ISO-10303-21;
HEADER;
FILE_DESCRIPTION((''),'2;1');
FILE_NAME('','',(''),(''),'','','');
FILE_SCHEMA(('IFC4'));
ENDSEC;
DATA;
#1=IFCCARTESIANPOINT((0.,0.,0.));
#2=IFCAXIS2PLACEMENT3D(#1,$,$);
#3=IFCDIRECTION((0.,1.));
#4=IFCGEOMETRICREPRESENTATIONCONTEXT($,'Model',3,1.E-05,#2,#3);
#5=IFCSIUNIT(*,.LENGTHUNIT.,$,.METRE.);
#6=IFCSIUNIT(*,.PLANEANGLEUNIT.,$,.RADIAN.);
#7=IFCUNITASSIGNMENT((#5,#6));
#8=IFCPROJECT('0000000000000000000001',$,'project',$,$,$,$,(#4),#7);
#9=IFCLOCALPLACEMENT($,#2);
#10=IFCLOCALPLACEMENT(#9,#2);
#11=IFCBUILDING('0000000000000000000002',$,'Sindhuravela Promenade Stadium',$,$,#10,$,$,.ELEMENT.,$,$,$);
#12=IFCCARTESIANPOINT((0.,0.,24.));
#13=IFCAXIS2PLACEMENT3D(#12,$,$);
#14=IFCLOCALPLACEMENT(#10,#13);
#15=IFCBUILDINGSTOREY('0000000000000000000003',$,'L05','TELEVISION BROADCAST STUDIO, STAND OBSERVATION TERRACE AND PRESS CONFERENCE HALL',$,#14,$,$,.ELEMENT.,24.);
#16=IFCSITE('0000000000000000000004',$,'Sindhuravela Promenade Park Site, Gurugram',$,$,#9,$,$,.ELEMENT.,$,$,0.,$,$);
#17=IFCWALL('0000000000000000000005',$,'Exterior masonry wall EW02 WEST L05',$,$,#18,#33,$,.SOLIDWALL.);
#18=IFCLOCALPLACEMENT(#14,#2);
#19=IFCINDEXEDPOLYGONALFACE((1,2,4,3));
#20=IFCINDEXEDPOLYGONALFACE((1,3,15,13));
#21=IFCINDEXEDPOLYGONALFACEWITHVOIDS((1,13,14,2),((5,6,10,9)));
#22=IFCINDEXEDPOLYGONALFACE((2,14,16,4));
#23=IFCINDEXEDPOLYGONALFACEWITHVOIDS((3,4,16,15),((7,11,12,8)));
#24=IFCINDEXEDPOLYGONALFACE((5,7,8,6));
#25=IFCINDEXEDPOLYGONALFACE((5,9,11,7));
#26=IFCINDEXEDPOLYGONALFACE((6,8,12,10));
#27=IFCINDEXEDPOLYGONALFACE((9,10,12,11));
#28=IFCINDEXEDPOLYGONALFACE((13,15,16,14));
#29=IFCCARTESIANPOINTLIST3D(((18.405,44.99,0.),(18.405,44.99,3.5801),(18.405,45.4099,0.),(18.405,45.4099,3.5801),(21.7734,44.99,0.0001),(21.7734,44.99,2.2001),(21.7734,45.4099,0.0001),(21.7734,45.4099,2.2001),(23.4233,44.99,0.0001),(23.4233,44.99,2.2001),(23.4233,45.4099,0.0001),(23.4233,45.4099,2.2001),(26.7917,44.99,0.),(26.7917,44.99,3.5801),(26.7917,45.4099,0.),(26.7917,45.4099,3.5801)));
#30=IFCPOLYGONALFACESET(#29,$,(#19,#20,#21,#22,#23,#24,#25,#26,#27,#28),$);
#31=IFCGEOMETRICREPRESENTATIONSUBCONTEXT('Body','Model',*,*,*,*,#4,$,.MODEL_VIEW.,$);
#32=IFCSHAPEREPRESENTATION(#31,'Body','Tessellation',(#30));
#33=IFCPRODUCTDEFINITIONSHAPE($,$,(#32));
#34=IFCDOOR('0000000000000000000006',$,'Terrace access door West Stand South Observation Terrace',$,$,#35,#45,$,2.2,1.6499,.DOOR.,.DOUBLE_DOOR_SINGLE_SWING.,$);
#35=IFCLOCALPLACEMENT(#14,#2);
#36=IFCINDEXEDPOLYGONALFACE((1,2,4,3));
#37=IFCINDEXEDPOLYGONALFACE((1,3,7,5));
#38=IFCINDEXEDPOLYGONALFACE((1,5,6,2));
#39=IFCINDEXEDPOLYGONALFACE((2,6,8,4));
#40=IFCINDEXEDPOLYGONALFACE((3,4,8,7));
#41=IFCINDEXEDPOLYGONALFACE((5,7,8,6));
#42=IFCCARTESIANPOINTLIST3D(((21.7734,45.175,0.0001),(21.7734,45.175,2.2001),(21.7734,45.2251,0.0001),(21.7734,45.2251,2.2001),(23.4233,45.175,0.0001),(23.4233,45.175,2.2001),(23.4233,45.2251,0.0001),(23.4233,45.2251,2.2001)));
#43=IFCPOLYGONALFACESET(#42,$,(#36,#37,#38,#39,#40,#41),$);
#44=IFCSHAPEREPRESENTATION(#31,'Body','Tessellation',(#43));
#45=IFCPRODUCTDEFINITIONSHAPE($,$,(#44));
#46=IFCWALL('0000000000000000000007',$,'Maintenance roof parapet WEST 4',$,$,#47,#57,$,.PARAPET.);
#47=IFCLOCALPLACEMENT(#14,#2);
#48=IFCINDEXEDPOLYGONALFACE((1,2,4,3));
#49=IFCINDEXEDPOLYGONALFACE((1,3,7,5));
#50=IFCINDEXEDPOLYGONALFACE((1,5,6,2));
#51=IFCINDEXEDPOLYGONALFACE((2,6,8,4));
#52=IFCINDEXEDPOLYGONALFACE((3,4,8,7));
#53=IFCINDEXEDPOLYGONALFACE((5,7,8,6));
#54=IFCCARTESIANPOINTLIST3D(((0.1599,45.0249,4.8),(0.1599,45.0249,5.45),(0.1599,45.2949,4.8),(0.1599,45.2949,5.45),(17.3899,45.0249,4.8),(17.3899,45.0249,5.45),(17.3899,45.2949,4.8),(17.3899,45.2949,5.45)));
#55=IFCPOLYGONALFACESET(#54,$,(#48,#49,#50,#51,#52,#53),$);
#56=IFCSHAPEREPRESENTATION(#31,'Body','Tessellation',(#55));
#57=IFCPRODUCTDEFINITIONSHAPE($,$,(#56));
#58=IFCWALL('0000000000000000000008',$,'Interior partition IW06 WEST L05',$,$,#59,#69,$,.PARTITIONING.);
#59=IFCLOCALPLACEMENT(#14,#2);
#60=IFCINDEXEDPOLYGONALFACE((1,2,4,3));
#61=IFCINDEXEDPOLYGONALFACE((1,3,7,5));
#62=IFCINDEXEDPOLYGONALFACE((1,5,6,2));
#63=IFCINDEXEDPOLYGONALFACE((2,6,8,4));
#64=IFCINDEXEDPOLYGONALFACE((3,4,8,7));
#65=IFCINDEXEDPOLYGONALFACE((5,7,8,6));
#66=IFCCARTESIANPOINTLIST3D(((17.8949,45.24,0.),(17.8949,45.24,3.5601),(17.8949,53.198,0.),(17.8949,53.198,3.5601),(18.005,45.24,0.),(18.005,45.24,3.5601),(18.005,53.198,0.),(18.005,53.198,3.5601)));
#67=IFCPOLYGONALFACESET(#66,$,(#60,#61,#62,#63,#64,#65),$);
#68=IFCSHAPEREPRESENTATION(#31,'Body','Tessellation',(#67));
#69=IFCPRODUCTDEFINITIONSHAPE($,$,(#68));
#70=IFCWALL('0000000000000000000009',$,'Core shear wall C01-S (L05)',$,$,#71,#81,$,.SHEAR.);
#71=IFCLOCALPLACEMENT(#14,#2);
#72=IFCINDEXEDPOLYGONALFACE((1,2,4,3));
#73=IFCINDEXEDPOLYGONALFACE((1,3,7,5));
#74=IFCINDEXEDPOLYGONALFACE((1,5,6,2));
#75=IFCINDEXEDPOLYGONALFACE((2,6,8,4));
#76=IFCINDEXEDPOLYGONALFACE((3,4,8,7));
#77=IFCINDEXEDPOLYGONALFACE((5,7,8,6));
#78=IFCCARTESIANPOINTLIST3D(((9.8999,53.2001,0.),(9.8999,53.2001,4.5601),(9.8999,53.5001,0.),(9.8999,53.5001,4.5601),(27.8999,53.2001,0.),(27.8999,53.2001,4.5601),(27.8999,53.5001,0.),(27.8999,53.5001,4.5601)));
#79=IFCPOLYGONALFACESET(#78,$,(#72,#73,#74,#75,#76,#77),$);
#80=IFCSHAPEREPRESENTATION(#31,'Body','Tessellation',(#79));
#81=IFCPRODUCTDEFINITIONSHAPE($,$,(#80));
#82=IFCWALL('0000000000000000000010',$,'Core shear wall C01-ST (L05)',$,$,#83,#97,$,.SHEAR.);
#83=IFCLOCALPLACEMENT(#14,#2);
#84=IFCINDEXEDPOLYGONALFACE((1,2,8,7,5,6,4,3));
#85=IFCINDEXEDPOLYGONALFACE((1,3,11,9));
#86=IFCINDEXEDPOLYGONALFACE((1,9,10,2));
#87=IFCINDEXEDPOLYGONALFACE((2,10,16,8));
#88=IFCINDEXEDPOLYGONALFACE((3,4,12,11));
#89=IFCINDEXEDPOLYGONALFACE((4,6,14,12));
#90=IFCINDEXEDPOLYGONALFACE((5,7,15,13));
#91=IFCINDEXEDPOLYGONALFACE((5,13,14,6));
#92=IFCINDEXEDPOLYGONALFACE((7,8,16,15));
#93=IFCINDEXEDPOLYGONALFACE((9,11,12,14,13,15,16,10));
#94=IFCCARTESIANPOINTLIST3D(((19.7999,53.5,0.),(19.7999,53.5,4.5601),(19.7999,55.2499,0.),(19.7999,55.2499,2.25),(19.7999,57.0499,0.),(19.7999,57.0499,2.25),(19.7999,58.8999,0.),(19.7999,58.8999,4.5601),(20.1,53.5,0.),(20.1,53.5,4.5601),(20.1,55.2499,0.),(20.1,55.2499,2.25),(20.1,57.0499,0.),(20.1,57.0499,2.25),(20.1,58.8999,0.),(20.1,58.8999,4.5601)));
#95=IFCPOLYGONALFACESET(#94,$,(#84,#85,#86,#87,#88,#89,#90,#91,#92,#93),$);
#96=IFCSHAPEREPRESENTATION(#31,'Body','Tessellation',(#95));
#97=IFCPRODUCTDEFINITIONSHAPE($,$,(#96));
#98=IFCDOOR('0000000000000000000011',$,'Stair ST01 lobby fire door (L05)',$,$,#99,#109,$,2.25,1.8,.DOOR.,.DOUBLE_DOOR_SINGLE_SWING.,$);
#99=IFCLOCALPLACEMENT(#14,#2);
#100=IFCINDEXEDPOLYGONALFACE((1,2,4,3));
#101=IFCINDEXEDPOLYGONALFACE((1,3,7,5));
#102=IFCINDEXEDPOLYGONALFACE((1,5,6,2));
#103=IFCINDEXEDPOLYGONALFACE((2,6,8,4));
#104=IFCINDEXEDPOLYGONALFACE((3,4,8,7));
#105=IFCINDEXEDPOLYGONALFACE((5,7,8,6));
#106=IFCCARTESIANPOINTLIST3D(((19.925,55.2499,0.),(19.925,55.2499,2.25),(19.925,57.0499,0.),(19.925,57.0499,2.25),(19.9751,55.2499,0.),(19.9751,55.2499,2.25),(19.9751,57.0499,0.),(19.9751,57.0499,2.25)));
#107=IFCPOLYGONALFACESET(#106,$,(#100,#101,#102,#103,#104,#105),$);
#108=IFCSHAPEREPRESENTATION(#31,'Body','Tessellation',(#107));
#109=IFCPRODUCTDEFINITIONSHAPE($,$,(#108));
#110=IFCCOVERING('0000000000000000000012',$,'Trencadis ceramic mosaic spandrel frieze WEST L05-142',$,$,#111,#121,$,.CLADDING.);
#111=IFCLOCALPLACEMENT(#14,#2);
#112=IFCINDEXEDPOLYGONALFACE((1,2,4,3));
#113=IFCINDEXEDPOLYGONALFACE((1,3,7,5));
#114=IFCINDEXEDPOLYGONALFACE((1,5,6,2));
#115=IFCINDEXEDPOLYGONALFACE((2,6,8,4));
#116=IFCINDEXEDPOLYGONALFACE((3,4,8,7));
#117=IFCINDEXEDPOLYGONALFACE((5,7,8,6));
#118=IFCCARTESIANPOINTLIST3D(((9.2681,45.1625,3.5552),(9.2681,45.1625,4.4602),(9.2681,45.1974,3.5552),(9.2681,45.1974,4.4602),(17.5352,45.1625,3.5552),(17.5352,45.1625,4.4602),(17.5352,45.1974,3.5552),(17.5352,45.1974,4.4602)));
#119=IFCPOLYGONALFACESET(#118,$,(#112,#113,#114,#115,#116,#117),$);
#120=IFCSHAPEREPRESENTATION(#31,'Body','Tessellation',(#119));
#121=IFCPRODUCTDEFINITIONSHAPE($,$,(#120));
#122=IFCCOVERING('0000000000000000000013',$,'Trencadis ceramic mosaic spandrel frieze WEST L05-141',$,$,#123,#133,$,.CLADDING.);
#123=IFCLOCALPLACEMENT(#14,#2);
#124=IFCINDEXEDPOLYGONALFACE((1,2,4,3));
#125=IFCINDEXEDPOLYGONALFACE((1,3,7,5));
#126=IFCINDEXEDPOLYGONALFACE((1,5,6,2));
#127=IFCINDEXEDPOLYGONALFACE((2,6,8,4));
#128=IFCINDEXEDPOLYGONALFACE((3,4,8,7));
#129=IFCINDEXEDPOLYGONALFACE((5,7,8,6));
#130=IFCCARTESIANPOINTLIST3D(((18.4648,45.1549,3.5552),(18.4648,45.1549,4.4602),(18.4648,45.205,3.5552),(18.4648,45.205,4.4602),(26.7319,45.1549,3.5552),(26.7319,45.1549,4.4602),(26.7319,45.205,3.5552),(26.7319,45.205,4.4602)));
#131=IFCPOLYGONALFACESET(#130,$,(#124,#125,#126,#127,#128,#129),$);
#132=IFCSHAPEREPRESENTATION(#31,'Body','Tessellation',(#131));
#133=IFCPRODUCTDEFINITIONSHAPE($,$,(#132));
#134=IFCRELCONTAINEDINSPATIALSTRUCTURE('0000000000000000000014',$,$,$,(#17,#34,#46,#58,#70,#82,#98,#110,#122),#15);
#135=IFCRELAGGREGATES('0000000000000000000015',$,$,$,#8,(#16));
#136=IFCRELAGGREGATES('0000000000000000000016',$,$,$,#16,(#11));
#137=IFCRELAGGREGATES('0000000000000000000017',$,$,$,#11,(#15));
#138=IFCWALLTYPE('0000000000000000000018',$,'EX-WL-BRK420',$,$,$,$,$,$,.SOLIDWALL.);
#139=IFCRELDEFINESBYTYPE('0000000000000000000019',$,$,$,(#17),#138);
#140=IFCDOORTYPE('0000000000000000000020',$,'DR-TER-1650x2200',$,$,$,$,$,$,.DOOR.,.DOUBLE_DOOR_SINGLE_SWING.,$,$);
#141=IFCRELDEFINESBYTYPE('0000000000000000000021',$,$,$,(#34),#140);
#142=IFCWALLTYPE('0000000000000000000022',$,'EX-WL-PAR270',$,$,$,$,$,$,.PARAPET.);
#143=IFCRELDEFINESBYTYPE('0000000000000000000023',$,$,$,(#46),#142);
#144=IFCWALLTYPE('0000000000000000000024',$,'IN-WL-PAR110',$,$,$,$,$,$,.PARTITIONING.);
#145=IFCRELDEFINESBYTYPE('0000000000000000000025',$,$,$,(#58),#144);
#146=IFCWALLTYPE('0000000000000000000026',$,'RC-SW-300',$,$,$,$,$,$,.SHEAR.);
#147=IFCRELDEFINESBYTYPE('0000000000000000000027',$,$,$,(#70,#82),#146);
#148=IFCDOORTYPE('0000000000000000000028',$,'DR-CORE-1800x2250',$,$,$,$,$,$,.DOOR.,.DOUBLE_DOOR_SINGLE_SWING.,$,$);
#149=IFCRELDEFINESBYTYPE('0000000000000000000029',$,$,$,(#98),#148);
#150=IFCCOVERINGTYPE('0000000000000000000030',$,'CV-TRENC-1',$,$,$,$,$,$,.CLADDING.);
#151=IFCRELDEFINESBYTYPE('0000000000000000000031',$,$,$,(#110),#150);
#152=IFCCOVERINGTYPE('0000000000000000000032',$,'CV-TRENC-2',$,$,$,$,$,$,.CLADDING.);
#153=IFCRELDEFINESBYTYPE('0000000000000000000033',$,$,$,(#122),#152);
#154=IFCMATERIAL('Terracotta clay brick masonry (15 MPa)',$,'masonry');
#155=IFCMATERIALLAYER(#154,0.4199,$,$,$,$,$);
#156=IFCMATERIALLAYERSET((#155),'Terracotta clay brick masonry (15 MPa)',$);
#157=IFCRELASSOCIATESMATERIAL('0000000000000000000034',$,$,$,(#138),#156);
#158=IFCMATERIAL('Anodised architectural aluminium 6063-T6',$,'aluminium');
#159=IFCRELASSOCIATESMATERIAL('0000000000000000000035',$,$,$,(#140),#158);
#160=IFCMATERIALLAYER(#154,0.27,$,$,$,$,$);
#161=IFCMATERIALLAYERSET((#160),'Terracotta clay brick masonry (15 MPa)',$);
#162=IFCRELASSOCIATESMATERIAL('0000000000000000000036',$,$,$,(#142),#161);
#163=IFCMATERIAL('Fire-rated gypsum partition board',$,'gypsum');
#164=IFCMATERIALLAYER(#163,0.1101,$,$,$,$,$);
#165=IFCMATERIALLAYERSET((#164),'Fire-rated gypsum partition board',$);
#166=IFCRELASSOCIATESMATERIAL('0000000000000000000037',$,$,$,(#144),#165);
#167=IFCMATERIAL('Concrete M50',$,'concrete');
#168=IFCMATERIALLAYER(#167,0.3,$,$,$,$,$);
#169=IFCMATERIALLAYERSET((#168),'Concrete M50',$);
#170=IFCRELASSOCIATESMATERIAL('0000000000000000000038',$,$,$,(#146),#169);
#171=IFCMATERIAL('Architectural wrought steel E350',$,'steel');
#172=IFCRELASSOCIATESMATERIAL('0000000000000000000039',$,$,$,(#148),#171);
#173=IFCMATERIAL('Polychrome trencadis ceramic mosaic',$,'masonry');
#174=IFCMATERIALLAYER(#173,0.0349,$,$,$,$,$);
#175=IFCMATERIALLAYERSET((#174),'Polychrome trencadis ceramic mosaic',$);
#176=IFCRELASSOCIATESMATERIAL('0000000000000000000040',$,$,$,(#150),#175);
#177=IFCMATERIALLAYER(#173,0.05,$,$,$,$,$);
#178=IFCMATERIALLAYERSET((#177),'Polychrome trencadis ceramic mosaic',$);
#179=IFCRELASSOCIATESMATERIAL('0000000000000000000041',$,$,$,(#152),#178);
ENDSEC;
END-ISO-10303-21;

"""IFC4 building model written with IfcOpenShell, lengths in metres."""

from ifc_helpers import new_model, si_unit, direction, frame, frame_2d, origin, origin_2d, place, context, subcontext, project, spatial, rectangle, extrude, material, layer, layer_set, type_object, element, fill, save


model = new_model("IFC4")

# Units and contexts
model_context = context("Model", 3, precision=1e-05, world=origin(), true_north=direction((0.0, 1.0)))
body_context = subcontext(model_context, "Body", "Model", "MODEL_VIEW")
ifc_project = project(units=[si_unit("LENGTHUNIT", "METRE"), si_unit("PLANEANGLEUNIT", "RADIAN")], contexts=[model_context])

# Site, building, storey
site_placement = place(None, origin())
site = spatial("IfcSite", under=ifc_project, at=site_placement, Name="Sindhuravela Promenade Park Site, Gurugram", CompositionType="ELEMENT", RefElevation=0.0)
building_placement = place(site_placement, origin())
building = spatial("IfcBuilding", under=site, at=building_placement, Name="Sindhuravela Promenade Stadium", CompositionType="ELEMENT")
storey_placement = place(building_placement, frame((0.0, 0.0, 24.0)))
storey = spatial("IfcBuildingStorey", under=building, at=storey_placement, Name="L05", Description="TELEVISION BROADCAST STUDIO, STAND OBSERVATION TERRACE AND PRESS CONFERENCE HALL", CompositionType="ELEMENT", Elevation=24.0)

# Shared definitions
ifc_material_1 = material(Name="Anodised architectural aluminium 6063-T6", Category="aluminium")

# Shared definitions
ifc_material_2 = material(Name="Terracotta clay brick masonry (15 MPa)", Category="masonry")

# Wall, opening, door
ifc_layer_1 = layer(ifc_material_2, 0.4199)
ifc_layer_set_1 = layer_set([ifc_layer_1], Name="Terracotta clay brick masonry (15 MPa)")
wall_type_1 = type_object("IfcWallType", Name="EX-WL-BRK420", PredefinedType="SOLIDWALL", material=ifc_layer_set_1)
wall_1_placement = place(storey_placement, frame((26.7917, 45.2, 0.0), z_axis=(0.0, 0.0, 1.0), x_axis=(-1.0, 0.0, 0.0)))
wall_1 = element("IfcWall", 1, at=wall_1_placement, inside=storey, type_object=wall_type_1, Name="Exterior masonry wall EW02 WEST L05", PredefinedType="SOLIDWALL", context=body_context, shape_type="SweptSolid", body=[
    extrude(rectangle(XDim=8.3867, YDim=0.4199, at=frame_2d((4.1934, 0.0))), origin(), (0.0, 0.0, 1.0), 3.5801),
])
opening_1_placement = place(wall_1_placement, frame((3.3684, 0.0, 0.0)))
opening_1 = element("IfcOpeningElement", 2, at=opening_1_placement, cuts=wall_1, PredefinedType="OPENING", context=body_context, shape_type="SweptSolid", body=[
    extrude(rectangle(XDim=1.6499, YDim=2.2, at=frame_2d((0.825, 1.1001))), frame((0.0, 0.22, 0.0), z_axis=(0.0, -1.0, 0.0), x_axis=(1.0, 0.0, 0.0)), (0.0, 0.0, 1.0), 0.4399),
])
door_type_1 = type_object("IfcDoorType", Name="DR-TER-1650x2200", OperationType="DOUBLE_DOOR_SINGLE_SWING", PredefinedType="DOOR", material=ifc_material_1)
door_1_placement = place(opening_1_placement, origin())
door_1 = element("IfcDoor", 3, at=door_1_placement, inside=storey, type_object=door_type_1, Name="Terrace access door West Stand South Observation Terrace", OperationType="DOUBLE_DOOR_SINGLE_SWING", OverallHeight=2.2, OverallWidth=1.6499, PredefinedType="DOOR", context=body_context, shape_type="SweptSolid", body=[
    extrude(rectangle(XDim=1.6499, YDim=2.2, at=frame_2d((0.825, 1.1001))), frame((0.0, 0.0249, 0.0), z_axis=(0.0, -1.0, 0.0), x_axis=(1.0, 0.0, 0.0)), (0.0, 0.0, 1.0), 0.05),
])
fill(opening_1, door_1)

# Walls
ifc_layer_2 = layer(ifc_material_2, 0.27)
ifc_layer_set_2 = layer_set([ifc_layer_2], Name="Terracotta clay brick masonry (15 MPa)")
wall_type_2 = type_object("IfcWallType", Name="EX-WL-PAR270", PredefinedType="PARAPET", material=ifc_layer_set_2)
wall_2_placement = place(storey_placement, frame((17.3899, 45.1599, 4.8), z_axis=(0.0, 0.0, 1.0), x_axis=(-1.0, 0.0, 0.0)))
element("IfcWall", 4, at=wall_2_placement, inside=storey, type_object=wall_type_2, Name="Maintenance roof parapet WEST 4", PredefinedType="PARAPET", context=body_context, shape_type="SweptSolid", body=[
    extrude(rectangle(XDim=17.23, YDim=0.27, at=frame_2d((8.615, 0.0))), origin(), (0.0, 0.0, 1.0), 0.6499),
])
ifc_material_3 = material(Name="Fire-rated gypsum partition board", Category="gypsum")
ifc_layer_3 = layer(ifc_material_3, 0.1101)
ifc_layer_set_3 = layer_set([ifc_layer_3], Name="Fire-rated gypsum partition board")
wall_type_3 = type_object("IfcWallType", Name="IN-WL-PAR110", PredefinedType="PARTITIONING", material=ifc_layer_set_3)
wall_3_placement = place(storey_placement, frame((17.95, 53.198, 0.0), z_axis=(0.0, 0.0, 1.0), x_axis=(0.0, -1.0, 0.0)))
element("IfcWall", 5, at=wall_3_placement, inside=storey, type_object=wall_type_3, Name="Interior partition IW06 WEST L05", PredefinedType="PARTITIONING", context=body_context, shape_type="SweptSolid", body=[
    extrude(rectangle(XDim=7.958, YDim=0.1101, at=frame_2d((3.979, 0.0))), origin(), (0.0, 0.0, 1.0), 3.5601),
])
ifc_material_4 = material(Name="Concrete M50", Category="concrete")
ifc_layer_4 = layer(ifc_material_4, 0.3)
ifc_layer_set_4 = layer_set([ifc_layer_4], Name="Concrete M50")
wall_type_4 = type_object("IfcWallType", Name="RC-SW-300", PredefinedType="SHEAR", material=ifc_layer_set_4)
wall_4_placement = place(storey_placement, frame((9.8999, 53.3501, 0.0), z_axis=(0.0, 0.0, 1.0), x_axis=(1.0, 0.0, 0.0)))
element("IfcWall", 6, at=wall_4_placement, inside=storey, type_object=wall_type_4, Name="Core shear wall C01-S (L05)", PredefinedType="SHEAR", context=body_context, shape_type="SweptSolid", body=[
    extrude(rectangle(XDim=18.0, YDim=0.3, at=frame_2d((9.0, 0.0))), origin(), (0.0, 0.0, 1.0), 4.5601),
])

# Wall, opening, door
wall_5_placement = place(storey_placement, frame((19.95, 53.5, 0.0), z_axis=(0.0, 0.0, 1.0), x_axis=(0.0, 1.0, 0.0)))
wall_5 = element("IfcWall", 7, at=wall_5_placement, inside=storey, type_object=wall_type_4, Name="Core shear wall C01-ST (L05)", PredefinedType="SHEAR", context=body_context, shape_type="SweptSolid", body=[
    extrude(rectangle(XDim=5.3999, YDim=0.3, at=frame_2d((2.7, 0.0))), origin(), (0.0, 0.0, 1.0), 4.5601),
])
opening_2_placement = place(wall_5_placement, frame((1.75, 0.0, 0.0)))
opening_2 = element("IfcOpeningElement", 8, at=opening_2_placement, cuts=wall_5, PredefinedType="OPENING", context=body_context, shape_type="SweptSolid", body=[
    extrude(rectangle(XDim=1.8, YDim=2.25, at=frame_2d((0.8999, 1.125))), frame((0.0, 0.1599, 0.0), z_axis=(0.0, -1.0, 0.0), x_axis=(1.0, 0.0, 0.0)), (0.0, 0.0, 1.0), 0.3201),
])
ifc_material_5 = material(Name="Architectural wrought steel E350", Category="steel")
door_type_2 = type_object("IfcDoorType", Name="DR-CORE-1800x2250", OperationType="DOUBLE_DOOR_SINGLE_SWING", PredefinedType="DOOR", material=ifc_material_5)
door_2_placement = place(opening_2_placement, origin())
door_2 = element("IfcDoor", 9, at=door_2_placement, inside=storey, type_object=door_type_2, Name="Stair ST01 lobby fire door (L05)", OperationType="DOUBLE_DOOR_SINGLE_SWING", OverallHeight=2.25, OverallWidth=1.8, PredefinedType="DOOR", context=body_context, shape_type="SweptSolid", body=[
    extrude(rectangle(XDim=1.8, YDim=2.25, at=frame_2d((0.8999, 1.125))), frame((0.0, 0.0249, 0.0), z_axis=(0.0, -1.0, 0.0), x_axis=(1.0, 0.0, 0.0)), (0.0, 0.0, 1.0), 0.05),
])
fill(opening_2, door_2)

# Coverings
ifc_material_6 = material(Name="Polychrome trencadis ceramic mosaic", Category="masonry")
ifc_layer_5 = layer(ifc_material_6, 0.0349)
ifc_layer_set_5 = layer_set([ifc_layer_5], Name="Polychrome trencadis ceramic mosaic")
covering_type_1 = type_object("IfcCoveringType", Name="CV-TRENC-1", PredefinedType="CLADDING", material=ifc_layer_set_5)
covering_1_placement = place(storey_placement, frame((13.4016, 45.1799, 3.5552), z_axis=(0.0, 0.0, 1.0), x_axis=(-1.0, 0.0, 0.0)))
element("IfcCovering", 10, at=covering_1_placement, inside=storey, type_object=covering_type_1, Name="Trencadis ceramic mosaic spandrel frieze WEST L05-142", PredefinedType="CLADDING", context=body_context, shape_type="SweptSolid", body=[
    extrude(rectangle(XDim=8.2671, YDim=0.0349, at=origin_2d()), origin(), (0.0, 0.0, 1.0), 0.905),
])
ifc_layer_6 = layer(ifc_material_6, 0.05)
ifc_layer_set_6 = layer_set([ifc_layer_6], Name="Polychrome trencadis ceramic mosaic")
covering_type_2 = type_object("IfcCoveringType", Name="CV-TRENC-2", PredefinedType="CLADDING", material=ifc_layer_set_6)
covering_2_placement = place(storey_placement, frame((22.5984, 45.1799, 3.5552), z_axis=(0.0, 0.0, 1.0), x_axis=(-1.0, 0.0, 0.0)))
element("IfcCovering", 11, at=covering_2_placement, inside=storey, type_object=covering_type_2, Name="Trencadis ceramic mosaic spandrel frieze WEST L05-141", PredefinedType="CLADDING", context=body_context, shape_type="SweptSolid", body=[
    extrude(rectangle(XDim=8.2671, YDim=0.05, at=origin_2d()), origin(), (0.0, 0.0, 1.0), 0.905),
])

save(model, "model.ifc")
